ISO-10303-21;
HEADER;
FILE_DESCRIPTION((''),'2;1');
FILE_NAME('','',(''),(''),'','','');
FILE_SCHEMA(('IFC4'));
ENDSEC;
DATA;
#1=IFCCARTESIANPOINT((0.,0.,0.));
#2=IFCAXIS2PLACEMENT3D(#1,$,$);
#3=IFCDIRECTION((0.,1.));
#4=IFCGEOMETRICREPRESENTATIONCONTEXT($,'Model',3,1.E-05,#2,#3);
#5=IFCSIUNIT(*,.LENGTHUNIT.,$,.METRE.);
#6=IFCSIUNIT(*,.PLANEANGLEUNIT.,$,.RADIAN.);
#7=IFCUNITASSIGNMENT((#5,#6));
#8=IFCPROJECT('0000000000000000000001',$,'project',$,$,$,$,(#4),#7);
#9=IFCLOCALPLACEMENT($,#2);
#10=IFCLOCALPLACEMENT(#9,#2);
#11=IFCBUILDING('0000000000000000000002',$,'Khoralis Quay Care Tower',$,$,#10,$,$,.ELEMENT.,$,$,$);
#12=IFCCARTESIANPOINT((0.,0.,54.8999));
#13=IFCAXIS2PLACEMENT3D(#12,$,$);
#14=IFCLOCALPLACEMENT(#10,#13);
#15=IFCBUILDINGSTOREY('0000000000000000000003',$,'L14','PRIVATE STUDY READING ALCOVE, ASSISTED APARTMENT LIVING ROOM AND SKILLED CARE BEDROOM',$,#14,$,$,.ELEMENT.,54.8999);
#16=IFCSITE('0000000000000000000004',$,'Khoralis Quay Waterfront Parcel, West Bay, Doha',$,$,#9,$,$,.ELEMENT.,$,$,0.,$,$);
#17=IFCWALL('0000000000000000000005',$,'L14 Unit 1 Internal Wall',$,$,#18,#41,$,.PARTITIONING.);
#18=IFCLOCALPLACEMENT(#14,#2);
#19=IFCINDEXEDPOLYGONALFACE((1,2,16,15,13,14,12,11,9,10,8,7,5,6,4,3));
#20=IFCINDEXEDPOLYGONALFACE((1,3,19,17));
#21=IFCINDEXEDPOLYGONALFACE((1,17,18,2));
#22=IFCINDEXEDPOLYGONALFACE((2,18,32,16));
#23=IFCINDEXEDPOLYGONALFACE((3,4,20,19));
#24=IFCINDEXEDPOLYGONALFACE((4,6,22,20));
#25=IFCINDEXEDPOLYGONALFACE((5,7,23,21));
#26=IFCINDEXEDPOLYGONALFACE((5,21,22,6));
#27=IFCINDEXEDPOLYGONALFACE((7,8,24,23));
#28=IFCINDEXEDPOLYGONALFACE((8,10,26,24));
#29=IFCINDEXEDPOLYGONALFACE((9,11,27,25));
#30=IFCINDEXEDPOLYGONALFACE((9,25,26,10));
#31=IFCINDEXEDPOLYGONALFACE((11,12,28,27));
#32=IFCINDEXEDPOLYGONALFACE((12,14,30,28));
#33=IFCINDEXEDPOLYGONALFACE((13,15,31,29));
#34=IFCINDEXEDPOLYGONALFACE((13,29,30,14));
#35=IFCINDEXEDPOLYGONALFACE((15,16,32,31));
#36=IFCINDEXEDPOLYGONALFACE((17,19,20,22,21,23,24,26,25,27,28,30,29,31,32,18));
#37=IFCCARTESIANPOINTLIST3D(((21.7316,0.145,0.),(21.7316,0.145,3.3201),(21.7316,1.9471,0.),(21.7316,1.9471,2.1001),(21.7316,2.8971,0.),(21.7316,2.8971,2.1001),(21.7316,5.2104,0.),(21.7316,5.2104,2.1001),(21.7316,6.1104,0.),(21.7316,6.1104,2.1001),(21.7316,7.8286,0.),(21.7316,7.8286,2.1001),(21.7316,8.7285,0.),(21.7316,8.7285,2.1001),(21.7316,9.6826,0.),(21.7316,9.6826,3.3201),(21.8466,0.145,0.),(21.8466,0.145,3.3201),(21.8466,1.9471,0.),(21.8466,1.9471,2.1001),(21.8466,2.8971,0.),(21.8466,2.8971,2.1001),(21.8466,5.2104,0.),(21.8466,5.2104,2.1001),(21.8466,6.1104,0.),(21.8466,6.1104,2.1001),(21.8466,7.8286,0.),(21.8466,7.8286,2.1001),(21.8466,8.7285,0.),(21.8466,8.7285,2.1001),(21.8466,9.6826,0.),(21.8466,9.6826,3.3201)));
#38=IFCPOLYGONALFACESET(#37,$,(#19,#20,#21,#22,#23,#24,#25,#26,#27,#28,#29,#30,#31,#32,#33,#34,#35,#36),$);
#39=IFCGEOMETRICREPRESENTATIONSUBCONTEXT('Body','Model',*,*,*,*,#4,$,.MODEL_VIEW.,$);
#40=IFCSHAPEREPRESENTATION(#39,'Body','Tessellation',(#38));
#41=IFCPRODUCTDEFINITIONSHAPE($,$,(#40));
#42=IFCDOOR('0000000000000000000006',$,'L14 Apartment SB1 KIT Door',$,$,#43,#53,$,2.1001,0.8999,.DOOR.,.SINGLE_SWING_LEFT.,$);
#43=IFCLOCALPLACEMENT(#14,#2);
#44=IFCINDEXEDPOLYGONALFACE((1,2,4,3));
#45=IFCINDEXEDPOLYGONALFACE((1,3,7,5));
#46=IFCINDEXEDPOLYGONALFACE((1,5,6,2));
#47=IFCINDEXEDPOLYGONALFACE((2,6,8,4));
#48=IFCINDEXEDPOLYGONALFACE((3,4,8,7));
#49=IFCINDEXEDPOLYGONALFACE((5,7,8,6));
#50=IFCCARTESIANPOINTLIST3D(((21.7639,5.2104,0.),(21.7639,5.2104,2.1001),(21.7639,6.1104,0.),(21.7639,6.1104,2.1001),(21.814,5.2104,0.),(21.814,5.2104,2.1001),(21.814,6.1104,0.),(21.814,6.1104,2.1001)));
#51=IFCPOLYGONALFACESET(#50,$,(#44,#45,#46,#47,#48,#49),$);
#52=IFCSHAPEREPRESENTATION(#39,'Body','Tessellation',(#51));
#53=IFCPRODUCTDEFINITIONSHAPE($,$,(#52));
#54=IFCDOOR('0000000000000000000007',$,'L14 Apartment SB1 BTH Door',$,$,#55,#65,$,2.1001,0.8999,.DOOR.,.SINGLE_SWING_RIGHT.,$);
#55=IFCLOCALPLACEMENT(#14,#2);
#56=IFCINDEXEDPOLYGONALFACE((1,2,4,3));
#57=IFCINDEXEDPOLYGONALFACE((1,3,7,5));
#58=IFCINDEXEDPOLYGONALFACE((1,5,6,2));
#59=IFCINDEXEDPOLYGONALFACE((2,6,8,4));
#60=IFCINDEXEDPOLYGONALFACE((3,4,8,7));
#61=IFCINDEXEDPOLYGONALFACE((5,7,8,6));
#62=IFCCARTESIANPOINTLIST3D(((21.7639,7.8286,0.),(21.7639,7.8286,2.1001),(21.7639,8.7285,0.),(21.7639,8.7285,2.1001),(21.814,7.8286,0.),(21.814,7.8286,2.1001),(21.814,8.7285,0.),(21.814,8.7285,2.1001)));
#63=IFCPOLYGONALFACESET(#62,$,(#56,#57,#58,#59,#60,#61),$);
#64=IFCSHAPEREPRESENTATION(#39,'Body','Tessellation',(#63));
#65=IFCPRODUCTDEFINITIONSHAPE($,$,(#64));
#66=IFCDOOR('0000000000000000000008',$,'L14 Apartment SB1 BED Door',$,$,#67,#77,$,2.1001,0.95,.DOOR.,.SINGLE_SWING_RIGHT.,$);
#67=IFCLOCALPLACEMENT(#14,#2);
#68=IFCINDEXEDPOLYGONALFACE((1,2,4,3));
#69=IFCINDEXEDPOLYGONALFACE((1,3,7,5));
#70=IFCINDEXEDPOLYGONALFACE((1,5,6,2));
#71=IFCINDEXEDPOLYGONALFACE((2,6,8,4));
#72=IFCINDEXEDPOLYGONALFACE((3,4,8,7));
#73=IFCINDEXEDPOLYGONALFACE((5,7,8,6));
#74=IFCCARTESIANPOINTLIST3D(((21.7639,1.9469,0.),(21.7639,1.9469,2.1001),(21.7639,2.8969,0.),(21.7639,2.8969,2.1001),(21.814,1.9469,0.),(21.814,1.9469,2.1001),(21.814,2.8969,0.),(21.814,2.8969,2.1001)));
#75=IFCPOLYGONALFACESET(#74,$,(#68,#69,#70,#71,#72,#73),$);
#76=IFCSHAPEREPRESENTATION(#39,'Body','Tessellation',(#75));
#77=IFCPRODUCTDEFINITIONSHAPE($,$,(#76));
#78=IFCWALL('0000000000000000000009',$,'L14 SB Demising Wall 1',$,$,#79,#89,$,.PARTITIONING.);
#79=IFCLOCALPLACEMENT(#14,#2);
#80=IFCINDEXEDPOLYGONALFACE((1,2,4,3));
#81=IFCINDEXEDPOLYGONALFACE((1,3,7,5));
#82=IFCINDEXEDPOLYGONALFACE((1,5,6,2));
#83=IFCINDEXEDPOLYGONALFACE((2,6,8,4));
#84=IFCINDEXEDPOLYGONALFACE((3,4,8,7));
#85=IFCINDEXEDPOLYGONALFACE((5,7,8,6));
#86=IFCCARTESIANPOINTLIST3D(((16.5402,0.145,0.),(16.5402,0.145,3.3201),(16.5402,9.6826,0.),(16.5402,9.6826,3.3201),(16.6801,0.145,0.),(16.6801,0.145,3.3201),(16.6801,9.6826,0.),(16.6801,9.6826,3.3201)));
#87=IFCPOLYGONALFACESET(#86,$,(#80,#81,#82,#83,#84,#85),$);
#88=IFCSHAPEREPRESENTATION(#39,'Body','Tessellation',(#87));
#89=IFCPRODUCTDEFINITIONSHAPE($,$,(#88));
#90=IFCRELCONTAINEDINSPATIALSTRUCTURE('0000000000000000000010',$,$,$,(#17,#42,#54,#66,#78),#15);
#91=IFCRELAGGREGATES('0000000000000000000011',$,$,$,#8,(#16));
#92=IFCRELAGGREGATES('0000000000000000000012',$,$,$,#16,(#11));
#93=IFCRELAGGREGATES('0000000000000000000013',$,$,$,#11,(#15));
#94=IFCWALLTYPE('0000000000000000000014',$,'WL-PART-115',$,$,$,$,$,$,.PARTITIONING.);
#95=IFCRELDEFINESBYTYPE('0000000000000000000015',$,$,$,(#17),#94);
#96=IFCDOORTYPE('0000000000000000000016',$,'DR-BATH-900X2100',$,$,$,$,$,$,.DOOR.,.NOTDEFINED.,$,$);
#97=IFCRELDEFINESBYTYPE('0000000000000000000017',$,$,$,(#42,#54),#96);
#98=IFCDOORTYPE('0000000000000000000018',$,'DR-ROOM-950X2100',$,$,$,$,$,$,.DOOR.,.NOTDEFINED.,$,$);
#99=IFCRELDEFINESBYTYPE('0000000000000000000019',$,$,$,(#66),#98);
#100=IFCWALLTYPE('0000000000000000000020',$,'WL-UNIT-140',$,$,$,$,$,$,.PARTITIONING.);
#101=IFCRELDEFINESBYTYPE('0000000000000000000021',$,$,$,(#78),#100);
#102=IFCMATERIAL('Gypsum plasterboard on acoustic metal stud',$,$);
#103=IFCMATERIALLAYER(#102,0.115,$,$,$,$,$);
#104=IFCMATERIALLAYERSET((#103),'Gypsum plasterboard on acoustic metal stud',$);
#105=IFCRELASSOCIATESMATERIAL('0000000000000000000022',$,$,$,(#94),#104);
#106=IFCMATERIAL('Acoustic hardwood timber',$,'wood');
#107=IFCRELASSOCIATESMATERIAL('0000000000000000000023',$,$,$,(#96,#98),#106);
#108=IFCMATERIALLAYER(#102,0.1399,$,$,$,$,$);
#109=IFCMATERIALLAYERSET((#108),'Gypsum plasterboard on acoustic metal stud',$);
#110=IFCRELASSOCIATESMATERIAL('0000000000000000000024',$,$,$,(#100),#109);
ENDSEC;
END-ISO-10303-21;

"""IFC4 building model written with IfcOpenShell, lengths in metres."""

from ifc_helpers import new_model, si_unit, direction, frame, frame_2d, origin, place, context, subcontext, project, spatial, rectangle, extrude, source, transform, mapped, material, layer, layer_set, type_object, element, fill, save


model = new_model("IFC4")

# Units and contexts
model_context = context("Model", 3, precision=1e-05, world=origin(), true_north=direction((0.0, 1.0)))
body_context = subcontext(model_context, "Body", "Model", "MODEL_VIEW")
ifc_project = project(units=[si_unit("LENGTHUNIT", "METRE"), si_unit("PLANEANGLEUNIT", "RADIAN")], contexts=[model_context])

# Site, building, storey
site_placement = place(None, origin())
site = spatial("IfcSite", under=ifc_project, at=site_placement, Name="Khoralis Quay Waterfront Parcel, West Bay, Doha", CompositionType="ELEMENT", RefElevation=0.0)
building_placement = place(site_placement, origin())
building = spatial("IfcBuilding", under=site, at=building_placement, Name="Khoralis Quay Care Tower", CompositionType="ELEMENT")
storey_placement = place(building_placement, frame((0.0, 0.0, 54.8999)))
storey = spatial("IfcBuildingStorey", under=building, at=storey_placement, Name="L14", Description="PRIVATE STUDY READING ALCOVE, ASSISTED APARTMENT LIVING ROOM AND SKILLED CARE BEDROOM", CompositionType="ELEMENT", Elevation=54.8999)

# Wall, openings, doors
ifc_material_1 = material(Name="Gypsum plasterboard on acoustic metal stud")
ifc_layer_1 = layer(ifc_material_1, 0.115)
ifc_layer_set_1 = layer_set([ifc_layer_1], Name="Gypsum plasterboard on acoustic metal stud")
wall_type_1 = type_object("IfcWallType", Name="WL-PART-115", PredefinedType="PARTITIONING", material=ifc_layer_set_1)
ifc_material_2 = material(Name="Acoustic hardwood timber", Category="wood")
door_type_1 = type_object("IfcDoorType", Name="DR-BATH-900X2100", OperationType="NOTDEFINED", PredefinedType="DOOR", material=ifc_material_2)
shared_shape_1 = source(origin(), body_context, "Body", "SweptSolid", [
    extrude(rectangle(XDim=0.8999, YDim=2.1001, at=frame_2d((0.45, 1.05))), frame((0.0, 0.0249, 0.0), z_axis=(0.0, -1.0, 0.0), x_axis=(1.0, 0.0, 0.0)), (0.0, 0.0, 1.0), 0.05),
])
door_type_2 = type_object("IfcDoorType", Name="DR-ROOM-950X2100", OperationType="NOTDEFINED", PredefinedType="DOOR", material=ifc_material_2)
shared_shape_2 = source(origin(), body_context, "Body", "SweptSolid", [
    extrude(rectangle(XDim=0.95, YDim=2.1001, at=frame_2d((0.4751, 1.05))), frame((0.0, 0.0249, 0.0), z_axis=(0.0, -1.0, 0.0), x_axis=(1.0, 0.0, 0.0)), (0.0, 0.0, 1.0), 0.05),
])
wall_1_placement = place(storey_placement, frame((21.7891, 0.145, 0.0), z_axis=(0.0, 0.0, 1.0), x_axis=(0.0, 1.0, 0.0)))
wall_1 = element("IfcWall", 1, at=wall_1_placement, inside=storey, type_object=wall_type_1, Name="L14 Unit 1 Internal Wall", PredefinedType="PARTITIONING", context=body_context, shape_type="SweptSolid", body=[
    extrude(rectangle(XDim=9.5376, YDim=0.115, at=frame_2d((4.7688, 0.0))), origin(), (0.0, 0.0, 1.0), 3.3201),
])
opening_1_placement = place(wall_1_placement, frame((1.802, 0.0, 0.0)))
opening_1 = element("IfcOpeningElement", 2, at=opening_1_placement, cuts=wall_1, PredefinedType="OPENING", context=body_context, shape_type="SweptSolid", body=[
    extrude(rectangle(XDim=0.95, YDim=2.1001, at=frame_2d((0.4751, 1.05))), frame((0.0, 0.0674, 0.0), z_axis=(0.0, -1.0, 0.0), x_axis=(1.0, 0.0, 0.0)), (0.0, 0.0, 1.0), 0.135),
])
opening_2_placement = place(wall_1_placement, frame((5.0654, 0.0, 0.0)))
opening_2 = element("IfcOpeningElement", 3, at=opening_2_placement, cuts=wall_1, PredefinedType="OPENING", context=body_context, shape_type="SweptSolid", body=[
    extrude(rectangle(XDim=0.8999, YDim=2.1001, at=frame_2d((0.45, 1.05))), frame((0.0, 0.0674, 0.0), z_axis=(0.0, -1.0, 0.0), x_axis=(1.0, 0.0, 0.0)), (0.0, 0.0, 1.0), 0.135),
])
opening_3_placement = place(wall_1_placement, frame((7.6836, 0.0, 0.0)))
opening_3 = element("IfcOpeningElement", 4, at=opening_3_placement, cuts=wall_1, PredefinedType="OPENING", context=body_context, shape_type="SweptSolid", body=[
    extrude(rectangle(XDim=0.8999, YDim=2.1001, at=frame_2d((0.45, 1.05))), frame((0.0, 0.0674, 0.0), z_axis=(0.0, -1.0, 0.0), x_axis=(1.0, 0.0, 0.0)), (0.0, 0.0, 1.0), 0.135),
])
door_1_placement = place(opening_2_placement, frame((0.8999, 0.0, 0.0), z_axis=(0.0, 0.0, 1.0), x_axis=(-1.0, 0.0, 0.0)))
door_1 = element("IfcDoor", 5, at=door_1_placement, inside=storey, type_object=door_type_1, Name="L14 Apartment SB1 KIT Door", OperationType="SINGLE_SWING_LEFT", OverallHeight=2.1001, OverallWidth=0.8999, PredefinedType="DOOR", context=body_context, shape_type="MappedRepresentation", body=[
    mapped(shared_shape_1, transform((0.0, 0.0, 0.0), scale=1.0)),
])
fill(opening_2, door_1)
door_2_placement = place(opening_3_placement, frame((0.8999, 0.0, 0.0), z_axis=(0.0, 0.0, 1.0), x_axis=(-1.0, 0.0, 0.0)))
door_2 = element("IfcDoor", 6, at=door_2_placement, inside=storey, type_object=door_type_1, Name="L14 Apartment SB1 BTH Door", OperationType="SINGLE_SWING_RIGHT", OverallHeight=2.1001, OverallWidth=0.8999, PredefinedType="DOOR", context=body_context, shape_type="MappedRepresentation", body=[
    mapped(shared_shape_1, transform((0.0, 0.0, 0.0), scale=1.0)),
])
fill(opening_3, door_2)
door_3_placement = place(opening_1_placement, frame((0.95, 0.0, 0.0), z_axis=(0.0, 0.0, 1.0), x_axis=(-1.0, 0.0, 0.0)))
door_3 = element("IfcDoor", 7, at=door_3_placement, inside=storey, type_object=door_type_2, Name="L14 Apartment SB1 BED Door", OperationType="SINGLE_SWING_RIGHT", OverallHeight=2.1001, OverallWidth=0.95, PredefinedType="DOOR", context=body_context, shape_type="MappedRepresentation", body=[
    mapped(shared_shape_2, transform((0.0, 0.0, 0.0), scale=1.0)),
])
fill(opening_1, door_3)

# Wall
ifc_layer_2 = layer(ifc_material_1, 0.1399)
ifc_layer_set_2 = layer_set([ifc_layer_2], Name="Gypsum plasterboard on acoustic metal stud")
wall_type_2 = type_object("IfcWallType", Name="WL-UNIT-140", PredefinedType="PARTITIONING", material=ifc_layer_set_2)
wall_2_placement = place(storey_placement, frame((16.6101, 0.145, 0.0), z_axis=(0.0, 0.0, 1.0), x_axis=(0.0, 1.0, 0.0)))
element("IfcWall", 8, at=wall_2_placement, inside=storey, type_object=wall_type_2, Name="L14 SB Demising Wall 1", PredefinedType="PARTITIONING", context=body_context, shape_type="SweptSolid", body=[
    extrude(rectangle(XDim=9.5376, YDim=0.1399, at=frame_2d((4.7688, 0.0))), origin(), (0.0, 0.0, 1.0), 3.3201),
])

save(model, "model.ifc")
